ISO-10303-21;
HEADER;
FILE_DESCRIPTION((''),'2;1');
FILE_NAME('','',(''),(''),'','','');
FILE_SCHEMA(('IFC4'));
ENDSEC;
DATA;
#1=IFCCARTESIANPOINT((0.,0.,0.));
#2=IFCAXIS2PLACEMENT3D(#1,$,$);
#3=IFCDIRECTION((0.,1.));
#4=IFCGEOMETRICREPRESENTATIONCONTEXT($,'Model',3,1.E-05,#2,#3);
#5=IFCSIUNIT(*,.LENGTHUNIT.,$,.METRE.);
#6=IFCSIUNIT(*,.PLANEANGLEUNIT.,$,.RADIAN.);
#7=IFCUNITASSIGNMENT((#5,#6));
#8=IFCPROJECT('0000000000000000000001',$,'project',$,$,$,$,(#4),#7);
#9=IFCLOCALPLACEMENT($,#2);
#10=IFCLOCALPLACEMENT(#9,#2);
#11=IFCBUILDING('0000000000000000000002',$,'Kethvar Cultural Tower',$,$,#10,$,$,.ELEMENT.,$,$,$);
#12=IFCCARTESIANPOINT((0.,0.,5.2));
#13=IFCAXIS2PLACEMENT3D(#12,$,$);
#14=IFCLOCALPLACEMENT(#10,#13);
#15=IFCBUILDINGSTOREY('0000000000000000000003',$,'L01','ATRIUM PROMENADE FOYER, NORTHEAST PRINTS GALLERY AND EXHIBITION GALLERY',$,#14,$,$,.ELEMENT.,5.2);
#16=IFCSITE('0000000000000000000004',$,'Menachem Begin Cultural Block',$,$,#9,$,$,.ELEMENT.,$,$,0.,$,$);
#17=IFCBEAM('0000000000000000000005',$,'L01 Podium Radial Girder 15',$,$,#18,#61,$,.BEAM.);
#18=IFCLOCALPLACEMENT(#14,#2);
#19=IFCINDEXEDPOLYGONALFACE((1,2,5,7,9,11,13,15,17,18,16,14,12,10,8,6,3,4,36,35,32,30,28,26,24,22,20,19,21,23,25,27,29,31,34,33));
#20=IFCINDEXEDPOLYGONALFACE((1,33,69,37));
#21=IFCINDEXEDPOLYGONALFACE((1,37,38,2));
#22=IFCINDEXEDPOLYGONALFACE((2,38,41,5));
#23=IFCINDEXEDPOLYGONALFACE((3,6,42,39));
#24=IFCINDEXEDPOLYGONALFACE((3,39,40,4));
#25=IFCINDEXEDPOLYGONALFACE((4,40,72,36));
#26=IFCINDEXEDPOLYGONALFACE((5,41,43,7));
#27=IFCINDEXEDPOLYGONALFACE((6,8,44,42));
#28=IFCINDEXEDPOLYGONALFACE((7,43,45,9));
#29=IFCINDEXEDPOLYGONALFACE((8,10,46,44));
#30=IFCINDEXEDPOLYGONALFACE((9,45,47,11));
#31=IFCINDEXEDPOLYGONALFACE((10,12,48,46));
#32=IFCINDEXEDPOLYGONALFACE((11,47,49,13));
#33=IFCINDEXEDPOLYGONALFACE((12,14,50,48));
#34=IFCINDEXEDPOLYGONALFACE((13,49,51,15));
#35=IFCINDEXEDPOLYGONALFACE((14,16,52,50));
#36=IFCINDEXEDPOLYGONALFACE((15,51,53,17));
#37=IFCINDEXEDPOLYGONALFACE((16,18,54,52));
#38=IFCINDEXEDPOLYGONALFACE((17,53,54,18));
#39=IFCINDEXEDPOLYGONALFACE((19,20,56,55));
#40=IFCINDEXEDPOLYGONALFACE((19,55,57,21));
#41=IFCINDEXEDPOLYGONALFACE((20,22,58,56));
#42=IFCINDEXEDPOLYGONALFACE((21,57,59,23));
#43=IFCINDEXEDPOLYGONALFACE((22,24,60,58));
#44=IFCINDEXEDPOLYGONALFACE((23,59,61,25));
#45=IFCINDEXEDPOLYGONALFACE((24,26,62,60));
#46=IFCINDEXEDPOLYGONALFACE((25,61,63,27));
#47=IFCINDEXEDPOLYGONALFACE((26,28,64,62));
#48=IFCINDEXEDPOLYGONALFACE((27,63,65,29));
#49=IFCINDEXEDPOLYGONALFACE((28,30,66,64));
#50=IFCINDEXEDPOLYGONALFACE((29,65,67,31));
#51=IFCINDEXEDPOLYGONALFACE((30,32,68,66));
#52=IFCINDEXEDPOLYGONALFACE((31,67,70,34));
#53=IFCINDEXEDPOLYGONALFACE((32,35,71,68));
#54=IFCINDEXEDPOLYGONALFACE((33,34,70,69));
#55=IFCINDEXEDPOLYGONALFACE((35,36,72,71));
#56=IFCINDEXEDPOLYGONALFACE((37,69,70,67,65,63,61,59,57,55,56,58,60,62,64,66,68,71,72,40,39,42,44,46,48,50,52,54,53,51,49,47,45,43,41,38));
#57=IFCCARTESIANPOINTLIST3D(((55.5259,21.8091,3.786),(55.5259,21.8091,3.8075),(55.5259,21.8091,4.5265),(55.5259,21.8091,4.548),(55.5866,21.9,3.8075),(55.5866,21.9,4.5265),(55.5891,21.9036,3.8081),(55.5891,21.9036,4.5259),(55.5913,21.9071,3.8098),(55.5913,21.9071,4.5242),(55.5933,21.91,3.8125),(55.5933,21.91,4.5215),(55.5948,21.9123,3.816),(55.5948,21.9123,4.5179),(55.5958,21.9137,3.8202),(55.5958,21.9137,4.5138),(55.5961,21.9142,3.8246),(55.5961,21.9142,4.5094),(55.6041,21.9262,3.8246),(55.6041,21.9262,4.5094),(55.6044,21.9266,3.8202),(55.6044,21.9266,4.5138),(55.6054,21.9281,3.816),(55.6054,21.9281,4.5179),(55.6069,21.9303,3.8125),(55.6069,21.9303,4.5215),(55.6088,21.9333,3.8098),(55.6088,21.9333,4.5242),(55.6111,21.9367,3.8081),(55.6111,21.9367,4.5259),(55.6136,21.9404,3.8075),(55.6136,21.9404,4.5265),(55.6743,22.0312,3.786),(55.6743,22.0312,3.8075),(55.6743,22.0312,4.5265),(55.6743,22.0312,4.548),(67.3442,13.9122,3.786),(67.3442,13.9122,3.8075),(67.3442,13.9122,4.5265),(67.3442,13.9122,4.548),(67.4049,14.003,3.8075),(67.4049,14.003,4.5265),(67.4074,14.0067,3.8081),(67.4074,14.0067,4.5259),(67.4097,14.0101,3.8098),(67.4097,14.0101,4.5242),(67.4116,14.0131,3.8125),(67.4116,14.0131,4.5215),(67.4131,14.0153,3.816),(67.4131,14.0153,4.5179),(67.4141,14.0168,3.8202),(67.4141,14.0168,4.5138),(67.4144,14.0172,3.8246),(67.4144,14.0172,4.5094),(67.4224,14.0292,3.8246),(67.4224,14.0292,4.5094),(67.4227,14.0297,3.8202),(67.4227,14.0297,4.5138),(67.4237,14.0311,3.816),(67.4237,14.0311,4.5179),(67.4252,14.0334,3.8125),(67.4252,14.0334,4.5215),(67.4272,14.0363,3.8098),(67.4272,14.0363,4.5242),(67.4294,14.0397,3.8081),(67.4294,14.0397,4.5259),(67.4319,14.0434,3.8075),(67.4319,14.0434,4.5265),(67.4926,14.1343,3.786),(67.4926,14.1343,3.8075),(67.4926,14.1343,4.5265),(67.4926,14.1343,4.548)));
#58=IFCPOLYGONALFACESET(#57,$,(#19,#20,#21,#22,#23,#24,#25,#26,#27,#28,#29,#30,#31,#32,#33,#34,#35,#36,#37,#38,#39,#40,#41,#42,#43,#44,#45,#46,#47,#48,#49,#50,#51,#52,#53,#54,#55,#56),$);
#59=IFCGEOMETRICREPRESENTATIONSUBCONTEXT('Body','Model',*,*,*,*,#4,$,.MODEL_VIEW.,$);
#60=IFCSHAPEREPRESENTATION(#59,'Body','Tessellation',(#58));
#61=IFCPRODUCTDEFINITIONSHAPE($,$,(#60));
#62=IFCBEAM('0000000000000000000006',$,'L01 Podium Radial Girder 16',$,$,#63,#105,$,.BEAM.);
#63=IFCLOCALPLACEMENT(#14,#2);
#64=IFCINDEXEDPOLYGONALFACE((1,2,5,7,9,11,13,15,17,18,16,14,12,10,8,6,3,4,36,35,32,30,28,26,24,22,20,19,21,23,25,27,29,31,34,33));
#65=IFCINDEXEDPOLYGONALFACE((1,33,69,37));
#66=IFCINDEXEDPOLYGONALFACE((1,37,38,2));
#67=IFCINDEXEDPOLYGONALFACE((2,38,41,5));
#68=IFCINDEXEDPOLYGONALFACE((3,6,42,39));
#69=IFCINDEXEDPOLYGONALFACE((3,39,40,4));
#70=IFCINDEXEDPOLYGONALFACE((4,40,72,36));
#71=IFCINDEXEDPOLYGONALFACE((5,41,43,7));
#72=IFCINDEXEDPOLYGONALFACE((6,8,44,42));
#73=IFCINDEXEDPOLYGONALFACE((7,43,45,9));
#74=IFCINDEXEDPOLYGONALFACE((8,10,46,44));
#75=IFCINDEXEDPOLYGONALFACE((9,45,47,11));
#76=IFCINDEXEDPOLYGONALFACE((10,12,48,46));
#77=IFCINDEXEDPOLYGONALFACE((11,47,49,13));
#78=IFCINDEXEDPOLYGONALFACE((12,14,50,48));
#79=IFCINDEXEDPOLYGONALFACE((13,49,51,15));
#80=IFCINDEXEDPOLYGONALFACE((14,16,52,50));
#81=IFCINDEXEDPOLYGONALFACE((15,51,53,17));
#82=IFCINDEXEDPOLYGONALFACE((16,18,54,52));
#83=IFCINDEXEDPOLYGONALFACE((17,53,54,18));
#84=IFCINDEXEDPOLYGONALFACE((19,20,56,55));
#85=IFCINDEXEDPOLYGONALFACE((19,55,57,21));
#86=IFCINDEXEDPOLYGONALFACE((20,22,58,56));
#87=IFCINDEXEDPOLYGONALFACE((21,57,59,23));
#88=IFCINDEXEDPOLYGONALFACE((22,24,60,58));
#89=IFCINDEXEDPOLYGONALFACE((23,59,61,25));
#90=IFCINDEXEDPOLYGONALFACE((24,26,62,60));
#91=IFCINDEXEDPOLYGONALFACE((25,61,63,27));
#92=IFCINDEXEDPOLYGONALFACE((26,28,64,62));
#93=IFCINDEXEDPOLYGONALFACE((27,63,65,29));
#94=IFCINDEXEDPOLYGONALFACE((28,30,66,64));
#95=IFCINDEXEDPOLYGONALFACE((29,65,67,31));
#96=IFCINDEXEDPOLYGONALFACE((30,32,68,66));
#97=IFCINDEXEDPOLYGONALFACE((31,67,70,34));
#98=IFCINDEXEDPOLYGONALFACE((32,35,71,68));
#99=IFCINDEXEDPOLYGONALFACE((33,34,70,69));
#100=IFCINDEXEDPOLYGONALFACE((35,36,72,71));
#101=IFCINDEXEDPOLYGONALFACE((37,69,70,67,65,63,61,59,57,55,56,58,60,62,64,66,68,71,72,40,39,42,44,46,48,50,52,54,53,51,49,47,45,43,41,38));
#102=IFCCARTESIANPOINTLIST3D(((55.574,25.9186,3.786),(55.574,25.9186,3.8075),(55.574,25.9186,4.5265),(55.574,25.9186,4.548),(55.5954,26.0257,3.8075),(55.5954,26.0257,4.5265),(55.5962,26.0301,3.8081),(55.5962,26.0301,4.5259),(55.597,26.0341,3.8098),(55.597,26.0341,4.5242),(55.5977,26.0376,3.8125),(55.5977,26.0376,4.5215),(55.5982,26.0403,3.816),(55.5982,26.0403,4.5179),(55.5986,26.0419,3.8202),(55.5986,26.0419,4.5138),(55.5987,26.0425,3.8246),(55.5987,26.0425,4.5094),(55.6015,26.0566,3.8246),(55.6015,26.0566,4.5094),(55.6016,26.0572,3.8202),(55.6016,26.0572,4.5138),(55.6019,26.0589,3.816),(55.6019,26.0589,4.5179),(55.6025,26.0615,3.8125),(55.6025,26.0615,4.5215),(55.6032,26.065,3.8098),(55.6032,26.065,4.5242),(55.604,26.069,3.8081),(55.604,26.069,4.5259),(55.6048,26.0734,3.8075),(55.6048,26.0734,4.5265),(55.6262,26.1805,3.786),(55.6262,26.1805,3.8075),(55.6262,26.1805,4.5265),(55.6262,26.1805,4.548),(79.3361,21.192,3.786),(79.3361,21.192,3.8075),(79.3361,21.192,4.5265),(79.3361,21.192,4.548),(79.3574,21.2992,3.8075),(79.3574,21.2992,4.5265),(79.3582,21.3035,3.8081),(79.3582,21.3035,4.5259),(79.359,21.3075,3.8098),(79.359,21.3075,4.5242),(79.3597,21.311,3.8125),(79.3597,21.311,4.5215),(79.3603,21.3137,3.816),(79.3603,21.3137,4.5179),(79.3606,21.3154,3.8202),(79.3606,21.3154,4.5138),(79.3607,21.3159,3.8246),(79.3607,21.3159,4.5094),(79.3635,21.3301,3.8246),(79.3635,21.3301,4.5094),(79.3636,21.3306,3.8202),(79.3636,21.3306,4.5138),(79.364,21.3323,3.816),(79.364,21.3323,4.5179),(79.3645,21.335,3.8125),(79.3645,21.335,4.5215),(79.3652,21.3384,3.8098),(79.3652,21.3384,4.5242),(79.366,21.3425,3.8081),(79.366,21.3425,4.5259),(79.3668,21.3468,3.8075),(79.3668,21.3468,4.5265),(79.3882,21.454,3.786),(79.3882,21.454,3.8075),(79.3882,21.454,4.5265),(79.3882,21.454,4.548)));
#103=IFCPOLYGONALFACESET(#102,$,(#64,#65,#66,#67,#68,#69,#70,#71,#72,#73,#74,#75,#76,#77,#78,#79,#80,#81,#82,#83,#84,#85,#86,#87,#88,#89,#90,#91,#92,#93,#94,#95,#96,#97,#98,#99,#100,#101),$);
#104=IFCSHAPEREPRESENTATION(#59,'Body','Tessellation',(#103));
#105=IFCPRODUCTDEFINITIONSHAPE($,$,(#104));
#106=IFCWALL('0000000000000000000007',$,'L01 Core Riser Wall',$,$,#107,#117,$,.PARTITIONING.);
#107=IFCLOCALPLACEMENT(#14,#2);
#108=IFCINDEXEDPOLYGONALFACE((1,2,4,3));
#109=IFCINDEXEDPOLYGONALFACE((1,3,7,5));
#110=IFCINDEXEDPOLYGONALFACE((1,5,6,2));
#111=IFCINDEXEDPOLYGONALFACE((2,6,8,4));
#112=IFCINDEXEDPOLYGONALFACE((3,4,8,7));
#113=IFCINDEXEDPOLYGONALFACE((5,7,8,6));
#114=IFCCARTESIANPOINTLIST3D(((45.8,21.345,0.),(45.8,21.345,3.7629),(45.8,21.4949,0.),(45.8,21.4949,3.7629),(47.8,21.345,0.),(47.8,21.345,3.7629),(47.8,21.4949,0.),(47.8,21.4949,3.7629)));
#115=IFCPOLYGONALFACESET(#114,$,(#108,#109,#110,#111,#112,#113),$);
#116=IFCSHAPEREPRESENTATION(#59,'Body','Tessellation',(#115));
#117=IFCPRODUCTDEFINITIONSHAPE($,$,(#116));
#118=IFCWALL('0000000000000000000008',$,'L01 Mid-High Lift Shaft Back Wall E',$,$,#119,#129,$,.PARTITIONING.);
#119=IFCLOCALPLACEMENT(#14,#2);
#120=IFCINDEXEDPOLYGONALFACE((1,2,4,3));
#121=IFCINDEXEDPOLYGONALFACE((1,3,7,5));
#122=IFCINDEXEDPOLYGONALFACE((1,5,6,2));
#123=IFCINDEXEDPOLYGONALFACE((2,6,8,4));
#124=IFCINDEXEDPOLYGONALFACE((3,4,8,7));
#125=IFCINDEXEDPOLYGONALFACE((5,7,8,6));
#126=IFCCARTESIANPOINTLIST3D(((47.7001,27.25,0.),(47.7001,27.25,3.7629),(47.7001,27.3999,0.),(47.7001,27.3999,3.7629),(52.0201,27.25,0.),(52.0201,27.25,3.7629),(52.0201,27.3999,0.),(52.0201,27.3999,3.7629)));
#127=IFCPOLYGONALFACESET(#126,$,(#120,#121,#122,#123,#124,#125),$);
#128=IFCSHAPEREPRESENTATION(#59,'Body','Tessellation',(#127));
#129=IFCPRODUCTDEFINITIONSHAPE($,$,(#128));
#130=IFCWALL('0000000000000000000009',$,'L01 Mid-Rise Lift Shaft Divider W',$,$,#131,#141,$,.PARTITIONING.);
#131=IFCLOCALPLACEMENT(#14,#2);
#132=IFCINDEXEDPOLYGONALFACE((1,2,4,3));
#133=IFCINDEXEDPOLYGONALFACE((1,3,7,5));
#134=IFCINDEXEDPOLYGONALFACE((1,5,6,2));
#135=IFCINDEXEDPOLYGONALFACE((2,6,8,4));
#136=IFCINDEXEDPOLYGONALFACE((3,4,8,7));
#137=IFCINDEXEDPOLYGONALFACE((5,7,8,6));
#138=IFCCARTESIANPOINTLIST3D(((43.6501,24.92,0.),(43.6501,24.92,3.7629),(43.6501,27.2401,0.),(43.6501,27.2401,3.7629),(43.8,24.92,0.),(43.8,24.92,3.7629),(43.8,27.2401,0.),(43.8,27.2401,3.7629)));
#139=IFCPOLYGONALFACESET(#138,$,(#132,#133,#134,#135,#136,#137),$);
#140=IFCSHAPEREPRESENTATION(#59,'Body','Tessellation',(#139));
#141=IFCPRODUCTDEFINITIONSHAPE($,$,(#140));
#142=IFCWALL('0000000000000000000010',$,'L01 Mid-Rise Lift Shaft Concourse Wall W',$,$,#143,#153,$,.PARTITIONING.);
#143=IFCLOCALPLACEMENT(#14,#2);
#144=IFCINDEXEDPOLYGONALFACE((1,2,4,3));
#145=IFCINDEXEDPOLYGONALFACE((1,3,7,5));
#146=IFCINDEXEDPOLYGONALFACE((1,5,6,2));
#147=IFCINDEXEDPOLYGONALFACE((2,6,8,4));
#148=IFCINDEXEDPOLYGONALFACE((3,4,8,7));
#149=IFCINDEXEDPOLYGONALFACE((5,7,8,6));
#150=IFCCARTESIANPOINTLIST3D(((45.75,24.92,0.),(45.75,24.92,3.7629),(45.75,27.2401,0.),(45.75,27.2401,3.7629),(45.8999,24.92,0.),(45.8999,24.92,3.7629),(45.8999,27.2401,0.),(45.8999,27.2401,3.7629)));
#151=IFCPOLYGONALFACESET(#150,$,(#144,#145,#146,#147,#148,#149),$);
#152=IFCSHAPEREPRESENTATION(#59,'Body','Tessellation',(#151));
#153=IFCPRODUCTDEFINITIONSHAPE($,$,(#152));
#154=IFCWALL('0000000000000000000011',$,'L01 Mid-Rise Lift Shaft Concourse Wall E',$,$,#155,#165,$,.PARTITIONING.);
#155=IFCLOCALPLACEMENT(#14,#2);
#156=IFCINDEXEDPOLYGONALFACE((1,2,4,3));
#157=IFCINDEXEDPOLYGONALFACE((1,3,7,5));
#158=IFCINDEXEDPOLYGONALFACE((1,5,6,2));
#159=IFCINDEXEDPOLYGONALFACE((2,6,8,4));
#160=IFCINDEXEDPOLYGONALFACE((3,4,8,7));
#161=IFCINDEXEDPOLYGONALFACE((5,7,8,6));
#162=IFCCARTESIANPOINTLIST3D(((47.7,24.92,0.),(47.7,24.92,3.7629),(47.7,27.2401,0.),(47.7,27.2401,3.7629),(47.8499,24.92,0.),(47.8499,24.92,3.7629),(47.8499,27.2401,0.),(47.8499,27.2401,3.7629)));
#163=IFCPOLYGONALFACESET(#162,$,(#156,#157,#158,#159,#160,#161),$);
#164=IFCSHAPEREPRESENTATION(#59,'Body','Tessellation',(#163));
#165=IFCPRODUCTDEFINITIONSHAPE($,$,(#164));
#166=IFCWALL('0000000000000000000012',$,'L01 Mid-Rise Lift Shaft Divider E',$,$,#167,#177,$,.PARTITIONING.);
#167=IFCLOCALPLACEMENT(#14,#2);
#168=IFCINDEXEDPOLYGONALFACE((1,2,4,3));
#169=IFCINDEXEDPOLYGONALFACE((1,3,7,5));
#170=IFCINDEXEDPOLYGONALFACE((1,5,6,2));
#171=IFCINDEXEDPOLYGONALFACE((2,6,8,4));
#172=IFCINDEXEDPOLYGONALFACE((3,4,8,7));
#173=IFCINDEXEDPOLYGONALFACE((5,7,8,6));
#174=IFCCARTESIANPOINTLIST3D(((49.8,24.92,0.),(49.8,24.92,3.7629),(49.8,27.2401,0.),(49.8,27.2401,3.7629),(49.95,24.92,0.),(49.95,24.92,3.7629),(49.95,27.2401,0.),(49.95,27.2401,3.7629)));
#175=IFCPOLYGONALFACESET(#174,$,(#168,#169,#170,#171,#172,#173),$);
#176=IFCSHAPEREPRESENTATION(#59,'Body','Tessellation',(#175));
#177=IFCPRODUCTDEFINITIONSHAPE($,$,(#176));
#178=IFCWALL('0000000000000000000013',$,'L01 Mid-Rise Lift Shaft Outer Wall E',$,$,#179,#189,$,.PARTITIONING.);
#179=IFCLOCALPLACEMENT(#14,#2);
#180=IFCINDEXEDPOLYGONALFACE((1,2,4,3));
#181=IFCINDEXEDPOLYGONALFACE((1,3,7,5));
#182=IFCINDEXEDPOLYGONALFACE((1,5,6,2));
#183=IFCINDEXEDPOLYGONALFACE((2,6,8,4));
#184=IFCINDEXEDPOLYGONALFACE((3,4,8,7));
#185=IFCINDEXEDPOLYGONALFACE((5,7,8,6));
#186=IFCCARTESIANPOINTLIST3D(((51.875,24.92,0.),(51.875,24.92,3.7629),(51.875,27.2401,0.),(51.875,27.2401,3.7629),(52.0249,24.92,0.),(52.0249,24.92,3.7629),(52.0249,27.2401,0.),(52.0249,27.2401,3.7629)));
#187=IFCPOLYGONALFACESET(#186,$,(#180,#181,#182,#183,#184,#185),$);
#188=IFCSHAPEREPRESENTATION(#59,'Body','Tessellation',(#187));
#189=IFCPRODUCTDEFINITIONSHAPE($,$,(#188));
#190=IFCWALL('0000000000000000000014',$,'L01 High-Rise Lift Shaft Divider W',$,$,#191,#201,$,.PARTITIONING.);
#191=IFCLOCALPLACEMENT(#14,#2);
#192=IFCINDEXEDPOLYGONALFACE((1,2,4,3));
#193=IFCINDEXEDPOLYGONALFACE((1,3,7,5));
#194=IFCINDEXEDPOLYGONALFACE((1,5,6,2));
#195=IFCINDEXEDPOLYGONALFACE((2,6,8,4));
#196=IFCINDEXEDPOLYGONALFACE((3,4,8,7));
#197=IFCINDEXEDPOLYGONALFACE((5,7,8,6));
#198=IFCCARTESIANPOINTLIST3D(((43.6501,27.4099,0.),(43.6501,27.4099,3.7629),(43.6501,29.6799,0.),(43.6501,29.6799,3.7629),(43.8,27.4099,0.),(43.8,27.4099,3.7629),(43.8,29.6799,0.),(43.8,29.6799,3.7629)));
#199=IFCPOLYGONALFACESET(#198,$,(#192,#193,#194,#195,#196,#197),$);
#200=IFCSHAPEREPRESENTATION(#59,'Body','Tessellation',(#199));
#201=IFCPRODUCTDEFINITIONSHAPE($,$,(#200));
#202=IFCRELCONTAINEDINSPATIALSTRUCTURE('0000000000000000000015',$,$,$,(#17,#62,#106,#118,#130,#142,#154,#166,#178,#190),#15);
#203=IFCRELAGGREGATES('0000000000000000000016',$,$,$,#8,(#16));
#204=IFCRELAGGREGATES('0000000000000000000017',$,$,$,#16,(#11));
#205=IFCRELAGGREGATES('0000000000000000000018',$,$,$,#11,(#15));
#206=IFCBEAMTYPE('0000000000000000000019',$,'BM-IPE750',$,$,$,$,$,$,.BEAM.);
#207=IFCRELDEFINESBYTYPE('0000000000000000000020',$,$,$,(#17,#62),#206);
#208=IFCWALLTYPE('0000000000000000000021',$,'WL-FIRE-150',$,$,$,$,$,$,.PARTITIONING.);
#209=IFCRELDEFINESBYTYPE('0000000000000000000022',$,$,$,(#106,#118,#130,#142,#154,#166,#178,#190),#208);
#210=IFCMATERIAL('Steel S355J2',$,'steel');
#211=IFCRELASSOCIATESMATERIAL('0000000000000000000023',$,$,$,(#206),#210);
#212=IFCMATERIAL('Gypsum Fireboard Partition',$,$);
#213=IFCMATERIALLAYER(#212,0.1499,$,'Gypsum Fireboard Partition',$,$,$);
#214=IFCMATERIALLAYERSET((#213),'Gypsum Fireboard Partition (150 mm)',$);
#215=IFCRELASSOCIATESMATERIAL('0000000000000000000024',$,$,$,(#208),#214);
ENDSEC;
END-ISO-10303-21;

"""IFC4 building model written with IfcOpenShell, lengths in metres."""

from ifc_helpers import new_model, si_unit, direction, frame, frame_2d, origin, origin_2d, place, context, subcontext, project, spatial, rectangle, i_section, extrude, source, transform, mapped, material, layer, layer_set, material_profile, profile_set, type_object, element, save


model = new_model("IFC4")

# Units and contexts
model_context = context("Model", 3, precision=1e-05, world=origin(), true_north=direction((0.0, 1.0)))
body_context = subcontext(model_context, "Body", "Model", "MODEL_VIEW")
ifc_project = project(units=[si_unit("LENGTHUNIT", "METRE"), si_unit("PLANEANGLEUNIT", "RADIAN")], contexts=[model_context])

# Site, building, storey
site_placement = place(None, origin())
site = spatial("IfcSite", under=ifc_project, at=site_placement, Name="Menachem Begin Cultural Block", CompositionType="ELEMENT", RefElevation=0.0)
building_placement = place(site_placement, origin())
building = spatial("IfcBuilding", under=site, at=building_placement, Name="Kethvar Cultural Tower", CompositionType="ELEMENT")
storey_placement = place(building_placement, frame((0.0, 0.0, 5.2)))
storey = spatial("IfcBuildingStorey", under=building, at=storey_placement, Name="L01", Description="ATRIUM PROMENADE FOYER, NORTHEAST PRINTS GALLERY AND EXHIBITION GALLERY", CompositionType="ELEMENT", Elevation=5.2)

# Beams
ifc_material_1 = material(Name="Steel S355J2", Category="steel")
ifc_material_profile = material_profile(ifc_material_1, i_section(OverallWidth=0.2671, OverallDepth=0.762, WebThickness=0.0144, FlangeThickness=0.0215, FilletRadius=0.0171, at=origin_2d()), Name="Steel S355J2 — IPE750x173")
ifc_profile_set = profile_set([ifc_material_profile], Name="Steel S355J2 — IPE750x173")
beam_type = type_object("IfcBeamType", Name="BM-IPE750", PredefinedType="BEAM", material=ifc_profile_set)
shared_shape_1 = source(origin(), body_context, "Body", "SweptSolid", [
    extrude(i_section(OverallWidth=0.2671, OverallDepth=0.762, WebThickness=0.0144, FlangeThickness=0.0215, FilletRadius=0.0171, at=origin_2d()), origin(), (0.0, 0.0, 1.0), 14.2139),
])
beam_1_placement = place(storey_placement, frame((55.6001, 21.9202, 4.167), z_axis=(0.831463, -0.55558, 0.0), x_axis=(0.55558, 0.831463, 0.0)))
element("IfcBeam", 1, at=beam_1_placement, inside=storey, type_object=beam_type, Name="L01 Podium Radial Girder 15", PredefinedType="BEAM", context=body_context, shape_type="MappedRepresentation", body=[
    mapped(shared_shape_1, transform((0.0, 0.0, 0.0), scale=1.0)),
])
shared_shape_2 = source(origin(), body_context, "Body", "SweptSolid", [
    extrude(i_section(OverallWidth=0.2671, OverallDepth=0.762, WebThickness=0.0144, FlangeThickness=0.0215, FilletRadius=0.0171, at=origin_2d()), origin(), (0.0, 0.0, 1.0), 24.2275),
])
beam_2_placement = place(storey_placement, frame((55.6001, 26.0496, 4.167), z_axis=(0.980785, -0.195091, 0.0), x_axis=(0.195091, 0.980785, 0.0)))
element("IfcBeam", 2, at=beam_2_placement, inside=storey, type_object=beam_type, Name="L01 Podium Radial Girder 16", PredefinedType="BEAM", context=body_context, shape_type="MappedRepresentation", body=[
    mapped(shared_shape_2, transform((0.0, 0.0, 0.0), scale=1.0)),
])

# Walls
ifc_material_2 = material(Name="Gypsum Fireboard Partition")
ifc_layer_1 = layer(ifc_material_2, 0.1499, Name="Gypsum Fireboard Partition")
ifc_layer_set_1 = layer_set([ifc_layer_1], Name="Gypsum Fireboard Partition (150 mm)")
wall_type_1 = type_object("IfcWallType", Name="WL-FIRE-150", PredefinedType="PARTITIONING", material=ifc_layer_set_1)
wall_1_placement = place(storey_placement, frame((45.8, 21.4199, 0.0), z_axis=(0.0, 0.0, 1.0), x_axis=(1.0, 0.0, 0.0)))
element("IfcWall", 3, at=wall_1_placement, inside=storey, type_object=wall_type_1, Name="L01 Core Riser Wall", PredefinedType="PARTITIONING", context=body_context, shape_type="SweptSolid", body=[
    extrude(rectangle(XDim=2.0, YDim=0.1499, at=frame_2d((1.0, 0.0))), origin(), (0.0, 0.0, 1.0), 3.7629),
])
wall_2_placement = place(storey_placement, frame((47.7, 27.325, 0.0), z_axis=(0.0, 0.0, 1.0), x_axis=(1.0, 0.0, 0.0)))
element("IfcWall", 4, at=wall_2_placement, inside=storey, type_object=wall_type_1, Name="L01 Mid-High Lift Shaft Back Wall E", PredefinedType="PARTITIONING", context=body_context, shape_type="SweptSolid", body=[
    extrude(rectangle(XDim=4.3201, YDim=0.1499, at=frame_2d((2.1602, 0.0))), origin(), (0.0, 0.0, 1.0), 3.7629),
])
for number, where, z_axis, x_axis, name in (
    (5, (43.7251, 24.9199, 0.0), (0.0, 0.0, 1.0), (0.0, 1.0, 0.0), "L01 Mid-Rise Lift Shaft Divider W"),
    (6, (45.825, 24.9199, 0.0), (0.0, 0.0, 1.0), (0.0, 1.0, 0.0), "L01 Mid-Rise Lift Shaft Concourse Wall W"),
    (7, (47.7749, 24.9199, 0.0), (0.0, 0.0, 1.0), (0.0, 1.0, 0.0), "L01 Mid-Rise Lift Shaft Concourse Wall E"),
    (8, (49.875, 24.9199, 0.0), (0.0, 0.0, 1.0), (0.0, 1.0, 0.0), "L01 Mid-Rise Lift Shaft Divider E"),
    (9, (51.95, 24.9199, 0.0), (0.0, 0.0, 1.0), (0.0, 1.0, 0.0), "L01 Mid-Rise Lift Shaft Outer Wall E"),
):
    element("IfcWall", number, at=place(storey_placement, frame(where, z_axis=z_axis, x_axis=x_axis)), inside=storey, type_object=wall_type_1, Name=name, PredefinedType="PARTITIONING", context=body_context, shape_type="SweptSolid", body=[
        extrude(rectangle(XDim=2.3201, YDim=0.1499, at=frame_2d((1.1602, 0.0))), origin(), (0.0, 0.0, 1.0), 3.7629),
    ])
for number, where, z_axis, x_axis, name in (
    (10, (43.7251, 27.4099, 0.0), (0.0, 0.0, 1.0), (0.0, 1.0, 0.0), "L01 High-Rise Lift Shaft Divider W"),
):
    element("IfcWall", number, at=place(storey_placement, frame(where, z_axis=z_axis, x_axis=x_axis)), inside=storey, type_object=wall_type_1, Name=name, PredefinedType="PARTITIONING", context=body_context, shape_type="SweptSolid", body=[
        extrude(rectangle(XDim=2.27, YDim=0.1499, at=frame_2d((1.135, 0.0))), origin(), (0.0, 0.0, 1.0), 3.7629),
    ])

save(model, "model.ifc")
